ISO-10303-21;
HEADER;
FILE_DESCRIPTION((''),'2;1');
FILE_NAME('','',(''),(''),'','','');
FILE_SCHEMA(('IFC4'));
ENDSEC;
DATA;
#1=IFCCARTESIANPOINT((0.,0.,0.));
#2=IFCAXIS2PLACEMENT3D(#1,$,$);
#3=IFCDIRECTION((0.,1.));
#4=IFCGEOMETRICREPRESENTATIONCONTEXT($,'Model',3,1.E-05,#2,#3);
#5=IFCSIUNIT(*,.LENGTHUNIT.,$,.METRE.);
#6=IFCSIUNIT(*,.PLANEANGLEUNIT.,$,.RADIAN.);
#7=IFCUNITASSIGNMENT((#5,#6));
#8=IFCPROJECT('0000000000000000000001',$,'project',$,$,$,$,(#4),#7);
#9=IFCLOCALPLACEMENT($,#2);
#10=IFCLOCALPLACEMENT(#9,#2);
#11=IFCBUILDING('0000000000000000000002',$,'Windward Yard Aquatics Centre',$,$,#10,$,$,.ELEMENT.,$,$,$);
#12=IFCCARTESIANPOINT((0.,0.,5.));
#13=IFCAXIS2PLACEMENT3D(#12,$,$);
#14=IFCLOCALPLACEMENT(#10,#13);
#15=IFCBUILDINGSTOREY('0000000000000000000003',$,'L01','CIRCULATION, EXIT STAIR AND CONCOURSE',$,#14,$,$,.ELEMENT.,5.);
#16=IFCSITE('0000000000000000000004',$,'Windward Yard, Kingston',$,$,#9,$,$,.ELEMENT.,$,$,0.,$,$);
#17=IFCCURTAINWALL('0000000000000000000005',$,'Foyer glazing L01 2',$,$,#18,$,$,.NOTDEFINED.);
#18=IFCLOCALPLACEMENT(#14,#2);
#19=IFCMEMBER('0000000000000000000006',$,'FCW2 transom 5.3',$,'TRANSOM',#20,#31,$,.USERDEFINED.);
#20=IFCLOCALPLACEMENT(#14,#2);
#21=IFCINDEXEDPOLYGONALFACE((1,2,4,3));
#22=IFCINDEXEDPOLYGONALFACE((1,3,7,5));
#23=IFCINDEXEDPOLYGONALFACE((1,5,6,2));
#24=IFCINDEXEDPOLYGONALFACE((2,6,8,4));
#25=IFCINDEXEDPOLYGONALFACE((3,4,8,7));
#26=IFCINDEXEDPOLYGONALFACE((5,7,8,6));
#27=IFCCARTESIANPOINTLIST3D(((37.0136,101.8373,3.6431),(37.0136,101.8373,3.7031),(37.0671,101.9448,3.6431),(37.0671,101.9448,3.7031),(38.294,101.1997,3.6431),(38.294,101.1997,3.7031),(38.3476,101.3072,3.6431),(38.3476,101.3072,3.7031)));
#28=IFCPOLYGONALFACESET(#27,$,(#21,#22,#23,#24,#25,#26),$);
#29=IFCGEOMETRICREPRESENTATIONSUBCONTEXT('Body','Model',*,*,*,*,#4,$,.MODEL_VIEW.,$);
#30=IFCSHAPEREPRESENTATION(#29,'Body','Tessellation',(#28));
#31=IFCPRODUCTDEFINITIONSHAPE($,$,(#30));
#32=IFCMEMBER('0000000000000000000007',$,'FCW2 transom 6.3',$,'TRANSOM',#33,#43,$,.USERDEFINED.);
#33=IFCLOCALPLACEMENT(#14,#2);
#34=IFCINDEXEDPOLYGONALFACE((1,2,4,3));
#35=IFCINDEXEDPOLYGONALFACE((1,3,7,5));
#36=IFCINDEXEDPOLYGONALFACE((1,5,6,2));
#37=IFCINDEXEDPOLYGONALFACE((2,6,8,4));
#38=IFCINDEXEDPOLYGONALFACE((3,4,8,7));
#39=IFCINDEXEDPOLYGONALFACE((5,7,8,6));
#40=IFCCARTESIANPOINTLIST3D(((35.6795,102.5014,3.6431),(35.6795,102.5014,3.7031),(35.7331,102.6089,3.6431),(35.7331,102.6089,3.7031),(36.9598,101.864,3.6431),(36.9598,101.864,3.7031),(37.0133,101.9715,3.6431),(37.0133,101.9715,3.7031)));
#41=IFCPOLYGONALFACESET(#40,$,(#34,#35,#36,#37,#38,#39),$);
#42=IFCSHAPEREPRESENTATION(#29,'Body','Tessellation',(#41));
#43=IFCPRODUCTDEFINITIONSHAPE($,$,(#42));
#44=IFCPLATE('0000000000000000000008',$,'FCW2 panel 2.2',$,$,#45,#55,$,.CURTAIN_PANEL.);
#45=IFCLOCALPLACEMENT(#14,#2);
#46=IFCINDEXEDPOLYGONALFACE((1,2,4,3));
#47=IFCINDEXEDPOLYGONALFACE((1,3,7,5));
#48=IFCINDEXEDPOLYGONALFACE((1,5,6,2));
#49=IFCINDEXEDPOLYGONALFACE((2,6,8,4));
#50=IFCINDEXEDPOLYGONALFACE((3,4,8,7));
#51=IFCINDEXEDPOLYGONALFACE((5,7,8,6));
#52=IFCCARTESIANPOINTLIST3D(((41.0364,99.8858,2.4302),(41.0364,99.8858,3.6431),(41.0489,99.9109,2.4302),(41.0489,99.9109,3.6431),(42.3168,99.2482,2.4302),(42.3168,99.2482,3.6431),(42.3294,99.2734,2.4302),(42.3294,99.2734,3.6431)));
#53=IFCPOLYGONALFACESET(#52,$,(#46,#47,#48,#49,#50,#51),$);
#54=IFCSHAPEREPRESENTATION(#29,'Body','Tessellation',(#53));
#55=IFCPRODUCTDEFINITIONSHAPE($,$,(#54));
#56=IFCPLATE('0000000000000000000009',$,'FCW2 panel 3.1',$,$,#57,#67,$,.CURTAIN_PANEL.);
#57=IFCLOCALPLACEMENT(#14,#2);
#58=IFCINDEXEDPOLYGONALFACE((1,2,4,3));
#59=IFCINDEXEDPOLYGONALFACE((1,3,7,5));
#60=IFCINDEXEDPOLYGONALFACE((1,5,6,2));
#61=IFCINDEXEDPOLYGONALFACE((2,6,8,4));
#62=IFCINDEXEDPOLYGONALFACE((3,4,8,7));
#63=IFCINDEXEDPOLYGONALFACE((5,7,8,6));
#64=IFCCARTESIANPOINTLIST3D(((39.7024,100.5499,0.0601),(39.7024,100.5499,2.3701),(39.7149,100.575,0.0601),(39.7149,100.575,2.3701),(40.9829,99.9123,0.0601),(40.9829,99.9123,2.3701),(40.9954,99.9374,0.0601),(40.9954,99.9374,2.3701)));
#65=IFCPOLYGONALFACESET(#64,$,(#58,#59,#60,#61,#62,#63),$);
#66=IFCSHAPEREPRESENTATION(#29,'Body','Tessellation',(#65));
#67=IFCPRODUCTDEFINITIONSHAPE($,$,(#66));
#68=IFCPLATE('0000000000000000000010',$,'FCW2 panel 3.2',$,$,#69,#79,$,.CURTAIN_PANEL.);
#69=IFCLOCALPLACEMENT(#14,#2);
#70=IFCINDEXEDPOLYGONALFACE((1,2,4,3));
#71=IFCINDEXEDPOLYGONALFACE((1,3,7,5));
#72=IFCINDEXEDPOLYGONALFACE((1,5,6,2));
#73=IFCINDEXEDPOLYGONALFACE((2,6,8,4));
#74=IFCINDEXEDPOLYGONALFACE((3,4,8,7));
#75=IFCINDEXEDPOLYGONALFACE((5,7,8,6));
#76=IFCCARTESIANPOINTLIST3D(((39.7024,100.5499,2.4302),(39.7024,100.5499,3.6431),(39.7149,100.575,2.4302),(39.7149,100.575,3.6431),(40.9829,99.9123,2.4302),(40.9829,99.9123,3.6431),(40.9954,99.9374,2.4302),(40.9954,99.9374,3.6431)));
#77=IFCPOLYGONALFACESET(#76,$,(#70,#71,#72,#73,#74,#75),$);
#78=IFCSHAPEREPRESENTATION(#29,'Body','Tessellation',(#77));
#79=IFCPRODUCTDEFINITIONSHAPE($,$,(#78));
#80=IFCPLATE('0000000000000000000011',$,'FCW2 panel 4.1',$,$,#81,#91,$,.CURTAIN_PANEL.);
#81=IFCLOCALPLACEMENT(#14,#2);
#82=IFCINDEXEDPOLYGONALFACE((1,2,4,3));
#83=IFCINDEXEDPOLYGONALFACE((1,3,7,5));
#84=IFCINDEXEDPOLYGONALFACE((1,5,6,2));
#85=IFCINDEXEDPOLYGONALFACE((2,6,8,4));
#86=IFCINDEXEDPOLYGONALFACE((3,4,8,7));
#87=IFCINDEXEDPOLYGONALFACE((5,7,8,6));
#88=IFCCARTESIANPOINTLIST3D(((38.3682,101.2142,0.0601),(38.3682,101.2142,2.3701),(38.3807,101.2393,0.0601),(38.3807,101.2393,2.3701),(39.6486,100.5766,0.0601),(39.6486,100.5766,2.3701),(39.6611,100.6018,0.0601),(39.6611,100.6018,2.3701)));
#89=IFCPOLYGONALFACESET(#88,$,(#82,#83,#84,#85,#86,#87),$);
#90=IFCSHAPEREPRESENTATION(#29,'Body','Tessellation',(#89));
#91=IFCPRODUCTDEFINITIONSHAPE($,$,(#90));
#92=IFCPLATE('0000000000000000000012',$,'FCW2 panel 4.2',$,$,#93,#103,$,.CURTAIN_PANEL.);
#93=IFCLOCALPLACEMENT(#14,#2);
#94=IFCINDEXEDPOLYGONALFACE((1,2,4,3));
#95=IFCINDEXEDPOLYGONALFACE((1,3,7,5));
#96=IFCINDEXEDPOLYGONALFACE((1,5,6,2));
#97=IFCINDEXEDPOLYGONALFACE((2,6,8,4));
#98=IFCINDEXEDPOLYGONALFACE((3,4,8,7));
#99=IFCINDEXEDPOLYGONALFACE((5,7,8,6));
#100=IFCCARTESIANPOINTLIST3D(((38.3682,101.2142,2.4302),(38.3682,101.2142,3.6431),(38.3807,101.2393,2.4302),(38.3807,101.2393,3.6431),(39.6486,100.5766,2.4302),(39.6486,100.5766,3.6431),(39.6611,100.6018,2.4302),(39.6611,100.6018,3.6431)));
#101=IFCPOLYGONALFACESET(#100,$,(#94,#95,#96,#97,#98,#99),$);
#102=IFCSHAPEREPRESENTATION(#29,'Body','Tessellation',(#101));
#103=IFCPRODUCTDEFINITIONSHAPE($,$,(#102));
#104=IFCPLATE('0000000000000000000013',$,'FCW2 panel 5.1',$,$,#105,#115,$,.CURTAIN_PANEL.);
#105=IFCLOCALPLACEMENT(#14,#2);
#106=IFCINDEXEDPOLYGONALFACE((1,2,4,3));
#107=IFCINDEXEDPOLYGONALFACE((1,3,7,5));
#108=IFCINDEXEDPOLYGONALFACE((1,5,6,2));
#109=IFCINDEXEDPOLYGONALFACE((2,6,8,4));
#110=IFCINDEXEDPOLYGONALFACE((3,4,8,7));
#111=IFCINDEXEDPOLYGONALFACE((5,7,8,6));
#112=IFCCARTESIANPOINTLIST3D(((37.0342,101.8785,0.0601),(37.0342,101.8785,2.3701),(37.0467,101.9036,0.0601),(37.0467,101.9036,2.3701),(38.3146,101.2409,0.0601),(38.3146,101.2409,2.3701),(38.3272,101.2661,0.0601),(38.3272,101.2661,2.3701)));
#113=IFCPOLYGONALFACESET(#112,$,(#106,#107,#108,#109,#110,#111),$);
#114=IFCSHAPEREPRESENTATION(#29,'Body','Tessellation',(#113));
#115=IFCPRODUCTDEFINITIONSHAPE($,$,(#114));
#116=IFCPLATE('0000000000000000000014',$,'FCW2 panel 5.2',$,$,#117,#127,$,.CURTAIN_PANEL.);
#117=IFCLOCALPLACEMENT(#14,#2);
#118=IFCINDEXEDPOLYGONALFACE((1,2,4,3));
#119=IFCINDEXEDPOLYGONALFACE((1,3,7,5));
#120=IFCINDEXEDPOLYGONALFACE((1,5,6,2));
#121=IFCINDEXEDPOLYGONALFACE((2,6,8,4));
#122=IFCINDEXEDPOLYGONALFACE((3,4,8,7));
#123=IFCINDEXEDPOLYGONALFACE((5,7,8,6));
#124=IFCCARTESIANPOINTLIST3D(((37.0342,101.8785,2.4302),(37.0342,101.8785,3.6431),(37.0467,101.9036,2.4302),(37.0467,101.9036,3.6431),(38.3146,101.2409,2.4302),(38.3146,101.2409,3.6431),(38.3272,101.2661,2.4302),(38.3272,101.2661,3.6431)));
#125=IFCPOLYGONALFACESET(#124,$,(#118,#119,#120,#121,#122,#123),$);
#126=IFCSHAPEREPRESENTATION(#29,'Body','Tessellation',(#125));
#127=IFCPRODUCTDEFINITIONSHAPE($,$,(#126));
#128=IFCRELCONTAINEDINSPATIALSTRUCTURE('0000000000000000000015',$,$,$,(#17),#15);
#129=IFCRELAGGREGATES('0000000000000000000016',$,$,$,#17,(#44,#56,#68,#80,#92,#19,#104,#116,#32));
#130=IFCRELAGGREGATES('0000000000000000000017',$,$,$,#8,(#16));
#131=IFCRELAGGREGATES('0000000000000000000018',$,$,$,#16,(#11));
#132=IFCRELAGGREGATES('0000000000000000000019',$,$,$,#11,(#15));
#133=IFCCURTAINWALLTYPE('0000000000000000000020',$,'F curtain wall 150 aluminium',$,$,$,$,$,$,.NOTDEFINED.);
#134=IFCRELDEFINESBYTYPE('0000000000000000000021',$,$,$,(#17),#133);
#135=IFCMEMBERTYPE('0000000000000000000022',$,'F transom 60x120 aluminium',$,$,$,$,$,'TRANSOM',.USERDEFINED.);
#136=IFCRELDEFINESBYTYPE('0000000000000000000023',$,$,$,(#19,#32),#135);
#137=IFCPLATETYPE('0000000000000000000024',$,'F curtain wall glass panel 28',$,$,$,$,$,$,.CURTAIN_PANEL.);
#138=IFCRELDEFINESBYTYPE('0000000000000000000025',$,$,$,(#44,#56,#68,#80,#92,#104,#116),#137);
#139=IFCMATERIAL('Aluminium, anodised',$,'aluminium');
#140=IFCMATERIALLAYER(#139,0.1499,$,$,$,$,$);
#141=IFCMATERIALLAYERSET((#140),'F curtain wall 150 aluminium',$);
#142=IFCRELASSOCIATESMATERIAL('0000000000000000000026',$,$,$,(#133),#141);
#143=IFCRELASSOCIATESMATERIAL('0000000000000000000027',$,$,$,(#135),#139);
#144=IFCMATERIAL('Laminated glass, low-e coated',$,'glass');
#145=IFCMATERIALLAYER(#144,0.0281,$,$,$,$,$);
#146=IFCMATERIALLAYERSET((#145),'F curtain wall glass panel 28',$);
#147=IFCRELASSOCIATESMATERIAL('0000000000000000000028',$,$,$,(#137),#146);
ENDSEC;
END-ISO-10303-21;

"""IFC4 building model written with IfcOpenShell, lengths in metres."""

from ifc_helpers import new_model, si_unit, direction, frame, origin, origin_2d, place, context, subcontext, project, spatial, rectangle, extrude, material, layer, layer_set, material_profile, profile_set, type_object, element, aggregate, save


model = new_model("IFC4")

# Units and contexts
model_context = context("Model", 3, precision=1e-05, world=origin(), true_north=direction((0.0, 1.0)))
body_context = subcontext(model_context, "Body", "Model", "MODEL_VIEW")
ifc_project = project(units=[si_unit("LENGTHUNIT", "METRE"), si_unit("PLANEANGLEUNIT", "RADIAN")], contexts=[model_context])

# Site, building, storey
site_placement = place(None, origin())
site = spatial("IfcSite", under=ifc_project, at=site_placement, Name="Windward Yard, Kingston", CompositionType="ELEMENT", RefElevation=0.0)
building_placement = place(site_placement, origin())
building = spatial("IfcBuilding", under=site, at=building_placement, Name="Windward Yard Aquatics Centre", CompositionType="ELEMENT")
storey_placement = place(building_placement, frame((0.0, 0.0, 5.0)))
storey = spatial("IfcBuildingStorey", under=building, at=storey_placement, Name="L01", Description="CIRCULATION, EXIT STAIR AND CONCOURSE", CompositionType="ELEMENT", Elevation=5.0)

# Curtain wall, members, plates
ifc_material_1 = material(Name="Aluminium, anodised", Category="aluminium")
ifc_layer_1 = layer(ifc_material_1, 0.1499)
ifc_layer_set_1 = layer_set([ifc_layer_1], Name="F curtain wall 150 aluminium")
curtain_wall_type = type_object("IfcCurtainWallType", Name="F curtain wall 150 aluminium", PredefinedType="NOTDEFINED", material=ifc_layer_set_1)
curtain_wall_placement = place(storey_placement, origin())
curtain_wall = element("IfcCurtainWall", 1, at=curtain_wall_placement, inside=storey, type_object=curtain_wall_type, Name="Foyer glazing L01 2", PredefinedType="NOTDEFINED")
ifc_material_profile_1 = material_profile(ifc_material_1, rectangle(XDim=0.1201, YDim=0.0601, at=origin_2d()), Name="TRANSOM 60x120")
ifc_profile_set_1 = profile_set([ifc_material_profile_1], Name="Aluminium, anodised")
member_type_1 = type_object("IfcMemberType", Name="F transom 60x120 aluminium", ElementType="TRANSOM", PredefinedType="USERDEFINED", material=ifc_profile_set_1)
member_1_placement = place(storey_placement, frame((38.3208, 101.2534, 3.6731), z_axis=(-0.895143, 0.445779, 0.0), x_axis=(-0.445779, -0.895143, 0.0)))
member_1 = element("IfcMember", 2, at=member_1_placement, type_object=member_type_1, Name="FCW2 transom 5.3", ObjectType="TRANSOM", PredefinedType="USERDEFINED", context=body_context, shape_type="SweptSolid", body=[
    extrude(rectangle(XDim=0.1201, YDim=0.0601, at=origin_2d()), origin(), (0.0, 0.0, 1.0), 1.4304),
])
member_2_placement = place(storey_placement, frame((36.9866, 101.9177, 3.6731), z_axis=(-0.895177, 0.445711, 0.0), x_axis=(-0.445711, -0.895177, 0.0)))
member_2 = element("IfcMember", 3, at=member_2_placement, type_object=member_type_1, Name="FCW2 transom 6.3", ObjectType="TRANSOM", PredefinedType="USERDEFINED", context=body_context, shape_type="SweptSolid", body=[
    extrude(rectangle(XDim=0.1201, YDim=0.0601, at=origin_2d()), origin(), (0.0, 0.0, 1.0), 1.4302),
])
ifc_material_2 = material(Name="Laminated glass, low-e coated", Category="glass")
ifc_layer_2 = layer(ifc_material_2, 0.0281)
ifc_layer_set_2 = layer_set([ifc_layer_2], Name="F curtain wall glass panel 28")
plate_type = type_object("IfcPlateType", Name="F curtain wall glass panel 28", PredefinedType="CURTAIN_PANEL", material=ifc_layer_set_2)
plate_1_placement = place(storey_placement, frame((41.6829, 99.5796, 2.4302), z_axis=(0.0, 0.0, 1.0), x_axis=(-0.895179, 0.445707, 0.0)))
plate_1 = element("IfcPlate", 4, at=plate_1_placement, type_object=plate_type, Name="FCW2 panel 2.2", PredefinedType="CURTAIN_PANEL", context=body_context, shape_type="SweptSolid", body=[
    extrude(rectangle(XDim=1.4304, YDim=0.0281, at=origin_2d()), origin(), (0.0, 0.0, 1.0), 1.2129),
])
plate_2_placement = place(storey_placement, frame((40.3489, 100.2437, 0.0601), z_axis=(0.0, 0.0, 1.0), x_axis=(-0.895179, 0.445707, 0.0)))
plate_2 = element("IfcPlate", 5, at=plate_2_placement, type_object=plate_type, Name="FCW2 panel 3.1", PredefinedType="CURTAIN_PANEL", context=body_context, shape_type="SweptSolid", body=[
    extrude(rectangle(XDim=1.4304, YDim=0.0281, at=origin_2d()), origin(), (0.0, 0.0, 1.0), 2.3101),
])
plate_3_placement = place(storey_placement, frame((40.3489, 100.2437, 2.4302), z_axis=(0.0, 0.0, 1.0), x_axis=(-0.895179, 0.445707, 0.0)))
plate_3 = element("IfcPlate", 6, at=plate_3_placement, type_object=plate_type, Name="FCW2 panel 3.2", PredefinedType="CURTAIN_PANEL", context=body_context, shape_type="SweptSolid", body=[
    extrude(rectangle(XDim=1.4304, YDim=0.0281, at=origin_2d()), origin(), (0.0, 0.0, 1.0), 1.2129),
])
plate_4_placement = place(storey_placement, frame((39.0146, 100.908, 0.0601), z_axis=(0.0, 0.0, 1.0), x_axis=(-0.895179, 0.445707, 0.0)))
plate_4 = element("IfcPlate", 7, at=plate_4_placement, type_object=plate_type, Name="FCW2 panel 4.1", PredefinedType="CURTAIN_PANEL", context=body_context, shape_type="SweptSolid", body=[
    extrude(rectangle(XDim=1.4304, YDim=0.0281, at=origin_2d()), origin(), (0.0, 0.0, 1.0), 2.3101),
])
plate_5_placement = place(storey_placement, frame((39.0146, 100.908, 2.4302), z_axis=(0.0, 0.0, 1.0), x_axis=(-0.895179, 0.445707, 0.0)))
plate_5 = element("IfcPlate", 8, at=plate_5_placement, type_object=plate_type, Name="FCW2 panel 4.2", PredefinedType="CURTAIN_PANEL", context=body_context, shape_type="SweptSolid", body=[
    extrude(rectangle(XDim=1.4304, YDim=0.0281, at=origin_2d()), origin(), (0.0, 0.0, 1.0), 1.2129),
])
plate_6_placement = place(storey_placement, frame((37.6807, 101.5723, 0.0601), z_axis=(0.0, 0.0, 1.0), x_axis=(-0.895179, 0.445707, 0.0)))
plate_6 = element("IfcPlate", 9, at=plate_6_placement, type_object=plate_type, Name="FCW2 panel 5.1", PredefinedType="CURTAIN_PANEL", context=body_context, shape_type="SweptSolid", body=[
    extrude(rectangle(XDim=1.4304, YDim=0.0281, at=origin_2d()), origin(), (0.0, 0.0, 1.0), 2.3101),
])
plate_7_placement = place(storey_placement, frame((37.6807, 101.5723, 2.4302), z_axis=(0.0, 0.0, 1.0), x_axis=(-0.895179, 0.445707, 0.0)))
plate_7 = element("IfcPlate", 10, at=plate_7_placement, type_object=plate_type, Name="FCW2 panel 5.2", PredefinedType="CURTAIN_PANEL", context=body_context, shape_type="SweptSolid", body=[
    extrude(rectangle(XDim=1.4304, YDim=0.0281, at=origin_2d()), origin(), (0.0, 0.0, 1.0), 1.2129),
])
aggregate(curtain_wall, [plate_1, plate_2, plate_3, plate_4, plate_5, member_1, plate_6, plate_7, member_2])

save(model, "model.ifc")
